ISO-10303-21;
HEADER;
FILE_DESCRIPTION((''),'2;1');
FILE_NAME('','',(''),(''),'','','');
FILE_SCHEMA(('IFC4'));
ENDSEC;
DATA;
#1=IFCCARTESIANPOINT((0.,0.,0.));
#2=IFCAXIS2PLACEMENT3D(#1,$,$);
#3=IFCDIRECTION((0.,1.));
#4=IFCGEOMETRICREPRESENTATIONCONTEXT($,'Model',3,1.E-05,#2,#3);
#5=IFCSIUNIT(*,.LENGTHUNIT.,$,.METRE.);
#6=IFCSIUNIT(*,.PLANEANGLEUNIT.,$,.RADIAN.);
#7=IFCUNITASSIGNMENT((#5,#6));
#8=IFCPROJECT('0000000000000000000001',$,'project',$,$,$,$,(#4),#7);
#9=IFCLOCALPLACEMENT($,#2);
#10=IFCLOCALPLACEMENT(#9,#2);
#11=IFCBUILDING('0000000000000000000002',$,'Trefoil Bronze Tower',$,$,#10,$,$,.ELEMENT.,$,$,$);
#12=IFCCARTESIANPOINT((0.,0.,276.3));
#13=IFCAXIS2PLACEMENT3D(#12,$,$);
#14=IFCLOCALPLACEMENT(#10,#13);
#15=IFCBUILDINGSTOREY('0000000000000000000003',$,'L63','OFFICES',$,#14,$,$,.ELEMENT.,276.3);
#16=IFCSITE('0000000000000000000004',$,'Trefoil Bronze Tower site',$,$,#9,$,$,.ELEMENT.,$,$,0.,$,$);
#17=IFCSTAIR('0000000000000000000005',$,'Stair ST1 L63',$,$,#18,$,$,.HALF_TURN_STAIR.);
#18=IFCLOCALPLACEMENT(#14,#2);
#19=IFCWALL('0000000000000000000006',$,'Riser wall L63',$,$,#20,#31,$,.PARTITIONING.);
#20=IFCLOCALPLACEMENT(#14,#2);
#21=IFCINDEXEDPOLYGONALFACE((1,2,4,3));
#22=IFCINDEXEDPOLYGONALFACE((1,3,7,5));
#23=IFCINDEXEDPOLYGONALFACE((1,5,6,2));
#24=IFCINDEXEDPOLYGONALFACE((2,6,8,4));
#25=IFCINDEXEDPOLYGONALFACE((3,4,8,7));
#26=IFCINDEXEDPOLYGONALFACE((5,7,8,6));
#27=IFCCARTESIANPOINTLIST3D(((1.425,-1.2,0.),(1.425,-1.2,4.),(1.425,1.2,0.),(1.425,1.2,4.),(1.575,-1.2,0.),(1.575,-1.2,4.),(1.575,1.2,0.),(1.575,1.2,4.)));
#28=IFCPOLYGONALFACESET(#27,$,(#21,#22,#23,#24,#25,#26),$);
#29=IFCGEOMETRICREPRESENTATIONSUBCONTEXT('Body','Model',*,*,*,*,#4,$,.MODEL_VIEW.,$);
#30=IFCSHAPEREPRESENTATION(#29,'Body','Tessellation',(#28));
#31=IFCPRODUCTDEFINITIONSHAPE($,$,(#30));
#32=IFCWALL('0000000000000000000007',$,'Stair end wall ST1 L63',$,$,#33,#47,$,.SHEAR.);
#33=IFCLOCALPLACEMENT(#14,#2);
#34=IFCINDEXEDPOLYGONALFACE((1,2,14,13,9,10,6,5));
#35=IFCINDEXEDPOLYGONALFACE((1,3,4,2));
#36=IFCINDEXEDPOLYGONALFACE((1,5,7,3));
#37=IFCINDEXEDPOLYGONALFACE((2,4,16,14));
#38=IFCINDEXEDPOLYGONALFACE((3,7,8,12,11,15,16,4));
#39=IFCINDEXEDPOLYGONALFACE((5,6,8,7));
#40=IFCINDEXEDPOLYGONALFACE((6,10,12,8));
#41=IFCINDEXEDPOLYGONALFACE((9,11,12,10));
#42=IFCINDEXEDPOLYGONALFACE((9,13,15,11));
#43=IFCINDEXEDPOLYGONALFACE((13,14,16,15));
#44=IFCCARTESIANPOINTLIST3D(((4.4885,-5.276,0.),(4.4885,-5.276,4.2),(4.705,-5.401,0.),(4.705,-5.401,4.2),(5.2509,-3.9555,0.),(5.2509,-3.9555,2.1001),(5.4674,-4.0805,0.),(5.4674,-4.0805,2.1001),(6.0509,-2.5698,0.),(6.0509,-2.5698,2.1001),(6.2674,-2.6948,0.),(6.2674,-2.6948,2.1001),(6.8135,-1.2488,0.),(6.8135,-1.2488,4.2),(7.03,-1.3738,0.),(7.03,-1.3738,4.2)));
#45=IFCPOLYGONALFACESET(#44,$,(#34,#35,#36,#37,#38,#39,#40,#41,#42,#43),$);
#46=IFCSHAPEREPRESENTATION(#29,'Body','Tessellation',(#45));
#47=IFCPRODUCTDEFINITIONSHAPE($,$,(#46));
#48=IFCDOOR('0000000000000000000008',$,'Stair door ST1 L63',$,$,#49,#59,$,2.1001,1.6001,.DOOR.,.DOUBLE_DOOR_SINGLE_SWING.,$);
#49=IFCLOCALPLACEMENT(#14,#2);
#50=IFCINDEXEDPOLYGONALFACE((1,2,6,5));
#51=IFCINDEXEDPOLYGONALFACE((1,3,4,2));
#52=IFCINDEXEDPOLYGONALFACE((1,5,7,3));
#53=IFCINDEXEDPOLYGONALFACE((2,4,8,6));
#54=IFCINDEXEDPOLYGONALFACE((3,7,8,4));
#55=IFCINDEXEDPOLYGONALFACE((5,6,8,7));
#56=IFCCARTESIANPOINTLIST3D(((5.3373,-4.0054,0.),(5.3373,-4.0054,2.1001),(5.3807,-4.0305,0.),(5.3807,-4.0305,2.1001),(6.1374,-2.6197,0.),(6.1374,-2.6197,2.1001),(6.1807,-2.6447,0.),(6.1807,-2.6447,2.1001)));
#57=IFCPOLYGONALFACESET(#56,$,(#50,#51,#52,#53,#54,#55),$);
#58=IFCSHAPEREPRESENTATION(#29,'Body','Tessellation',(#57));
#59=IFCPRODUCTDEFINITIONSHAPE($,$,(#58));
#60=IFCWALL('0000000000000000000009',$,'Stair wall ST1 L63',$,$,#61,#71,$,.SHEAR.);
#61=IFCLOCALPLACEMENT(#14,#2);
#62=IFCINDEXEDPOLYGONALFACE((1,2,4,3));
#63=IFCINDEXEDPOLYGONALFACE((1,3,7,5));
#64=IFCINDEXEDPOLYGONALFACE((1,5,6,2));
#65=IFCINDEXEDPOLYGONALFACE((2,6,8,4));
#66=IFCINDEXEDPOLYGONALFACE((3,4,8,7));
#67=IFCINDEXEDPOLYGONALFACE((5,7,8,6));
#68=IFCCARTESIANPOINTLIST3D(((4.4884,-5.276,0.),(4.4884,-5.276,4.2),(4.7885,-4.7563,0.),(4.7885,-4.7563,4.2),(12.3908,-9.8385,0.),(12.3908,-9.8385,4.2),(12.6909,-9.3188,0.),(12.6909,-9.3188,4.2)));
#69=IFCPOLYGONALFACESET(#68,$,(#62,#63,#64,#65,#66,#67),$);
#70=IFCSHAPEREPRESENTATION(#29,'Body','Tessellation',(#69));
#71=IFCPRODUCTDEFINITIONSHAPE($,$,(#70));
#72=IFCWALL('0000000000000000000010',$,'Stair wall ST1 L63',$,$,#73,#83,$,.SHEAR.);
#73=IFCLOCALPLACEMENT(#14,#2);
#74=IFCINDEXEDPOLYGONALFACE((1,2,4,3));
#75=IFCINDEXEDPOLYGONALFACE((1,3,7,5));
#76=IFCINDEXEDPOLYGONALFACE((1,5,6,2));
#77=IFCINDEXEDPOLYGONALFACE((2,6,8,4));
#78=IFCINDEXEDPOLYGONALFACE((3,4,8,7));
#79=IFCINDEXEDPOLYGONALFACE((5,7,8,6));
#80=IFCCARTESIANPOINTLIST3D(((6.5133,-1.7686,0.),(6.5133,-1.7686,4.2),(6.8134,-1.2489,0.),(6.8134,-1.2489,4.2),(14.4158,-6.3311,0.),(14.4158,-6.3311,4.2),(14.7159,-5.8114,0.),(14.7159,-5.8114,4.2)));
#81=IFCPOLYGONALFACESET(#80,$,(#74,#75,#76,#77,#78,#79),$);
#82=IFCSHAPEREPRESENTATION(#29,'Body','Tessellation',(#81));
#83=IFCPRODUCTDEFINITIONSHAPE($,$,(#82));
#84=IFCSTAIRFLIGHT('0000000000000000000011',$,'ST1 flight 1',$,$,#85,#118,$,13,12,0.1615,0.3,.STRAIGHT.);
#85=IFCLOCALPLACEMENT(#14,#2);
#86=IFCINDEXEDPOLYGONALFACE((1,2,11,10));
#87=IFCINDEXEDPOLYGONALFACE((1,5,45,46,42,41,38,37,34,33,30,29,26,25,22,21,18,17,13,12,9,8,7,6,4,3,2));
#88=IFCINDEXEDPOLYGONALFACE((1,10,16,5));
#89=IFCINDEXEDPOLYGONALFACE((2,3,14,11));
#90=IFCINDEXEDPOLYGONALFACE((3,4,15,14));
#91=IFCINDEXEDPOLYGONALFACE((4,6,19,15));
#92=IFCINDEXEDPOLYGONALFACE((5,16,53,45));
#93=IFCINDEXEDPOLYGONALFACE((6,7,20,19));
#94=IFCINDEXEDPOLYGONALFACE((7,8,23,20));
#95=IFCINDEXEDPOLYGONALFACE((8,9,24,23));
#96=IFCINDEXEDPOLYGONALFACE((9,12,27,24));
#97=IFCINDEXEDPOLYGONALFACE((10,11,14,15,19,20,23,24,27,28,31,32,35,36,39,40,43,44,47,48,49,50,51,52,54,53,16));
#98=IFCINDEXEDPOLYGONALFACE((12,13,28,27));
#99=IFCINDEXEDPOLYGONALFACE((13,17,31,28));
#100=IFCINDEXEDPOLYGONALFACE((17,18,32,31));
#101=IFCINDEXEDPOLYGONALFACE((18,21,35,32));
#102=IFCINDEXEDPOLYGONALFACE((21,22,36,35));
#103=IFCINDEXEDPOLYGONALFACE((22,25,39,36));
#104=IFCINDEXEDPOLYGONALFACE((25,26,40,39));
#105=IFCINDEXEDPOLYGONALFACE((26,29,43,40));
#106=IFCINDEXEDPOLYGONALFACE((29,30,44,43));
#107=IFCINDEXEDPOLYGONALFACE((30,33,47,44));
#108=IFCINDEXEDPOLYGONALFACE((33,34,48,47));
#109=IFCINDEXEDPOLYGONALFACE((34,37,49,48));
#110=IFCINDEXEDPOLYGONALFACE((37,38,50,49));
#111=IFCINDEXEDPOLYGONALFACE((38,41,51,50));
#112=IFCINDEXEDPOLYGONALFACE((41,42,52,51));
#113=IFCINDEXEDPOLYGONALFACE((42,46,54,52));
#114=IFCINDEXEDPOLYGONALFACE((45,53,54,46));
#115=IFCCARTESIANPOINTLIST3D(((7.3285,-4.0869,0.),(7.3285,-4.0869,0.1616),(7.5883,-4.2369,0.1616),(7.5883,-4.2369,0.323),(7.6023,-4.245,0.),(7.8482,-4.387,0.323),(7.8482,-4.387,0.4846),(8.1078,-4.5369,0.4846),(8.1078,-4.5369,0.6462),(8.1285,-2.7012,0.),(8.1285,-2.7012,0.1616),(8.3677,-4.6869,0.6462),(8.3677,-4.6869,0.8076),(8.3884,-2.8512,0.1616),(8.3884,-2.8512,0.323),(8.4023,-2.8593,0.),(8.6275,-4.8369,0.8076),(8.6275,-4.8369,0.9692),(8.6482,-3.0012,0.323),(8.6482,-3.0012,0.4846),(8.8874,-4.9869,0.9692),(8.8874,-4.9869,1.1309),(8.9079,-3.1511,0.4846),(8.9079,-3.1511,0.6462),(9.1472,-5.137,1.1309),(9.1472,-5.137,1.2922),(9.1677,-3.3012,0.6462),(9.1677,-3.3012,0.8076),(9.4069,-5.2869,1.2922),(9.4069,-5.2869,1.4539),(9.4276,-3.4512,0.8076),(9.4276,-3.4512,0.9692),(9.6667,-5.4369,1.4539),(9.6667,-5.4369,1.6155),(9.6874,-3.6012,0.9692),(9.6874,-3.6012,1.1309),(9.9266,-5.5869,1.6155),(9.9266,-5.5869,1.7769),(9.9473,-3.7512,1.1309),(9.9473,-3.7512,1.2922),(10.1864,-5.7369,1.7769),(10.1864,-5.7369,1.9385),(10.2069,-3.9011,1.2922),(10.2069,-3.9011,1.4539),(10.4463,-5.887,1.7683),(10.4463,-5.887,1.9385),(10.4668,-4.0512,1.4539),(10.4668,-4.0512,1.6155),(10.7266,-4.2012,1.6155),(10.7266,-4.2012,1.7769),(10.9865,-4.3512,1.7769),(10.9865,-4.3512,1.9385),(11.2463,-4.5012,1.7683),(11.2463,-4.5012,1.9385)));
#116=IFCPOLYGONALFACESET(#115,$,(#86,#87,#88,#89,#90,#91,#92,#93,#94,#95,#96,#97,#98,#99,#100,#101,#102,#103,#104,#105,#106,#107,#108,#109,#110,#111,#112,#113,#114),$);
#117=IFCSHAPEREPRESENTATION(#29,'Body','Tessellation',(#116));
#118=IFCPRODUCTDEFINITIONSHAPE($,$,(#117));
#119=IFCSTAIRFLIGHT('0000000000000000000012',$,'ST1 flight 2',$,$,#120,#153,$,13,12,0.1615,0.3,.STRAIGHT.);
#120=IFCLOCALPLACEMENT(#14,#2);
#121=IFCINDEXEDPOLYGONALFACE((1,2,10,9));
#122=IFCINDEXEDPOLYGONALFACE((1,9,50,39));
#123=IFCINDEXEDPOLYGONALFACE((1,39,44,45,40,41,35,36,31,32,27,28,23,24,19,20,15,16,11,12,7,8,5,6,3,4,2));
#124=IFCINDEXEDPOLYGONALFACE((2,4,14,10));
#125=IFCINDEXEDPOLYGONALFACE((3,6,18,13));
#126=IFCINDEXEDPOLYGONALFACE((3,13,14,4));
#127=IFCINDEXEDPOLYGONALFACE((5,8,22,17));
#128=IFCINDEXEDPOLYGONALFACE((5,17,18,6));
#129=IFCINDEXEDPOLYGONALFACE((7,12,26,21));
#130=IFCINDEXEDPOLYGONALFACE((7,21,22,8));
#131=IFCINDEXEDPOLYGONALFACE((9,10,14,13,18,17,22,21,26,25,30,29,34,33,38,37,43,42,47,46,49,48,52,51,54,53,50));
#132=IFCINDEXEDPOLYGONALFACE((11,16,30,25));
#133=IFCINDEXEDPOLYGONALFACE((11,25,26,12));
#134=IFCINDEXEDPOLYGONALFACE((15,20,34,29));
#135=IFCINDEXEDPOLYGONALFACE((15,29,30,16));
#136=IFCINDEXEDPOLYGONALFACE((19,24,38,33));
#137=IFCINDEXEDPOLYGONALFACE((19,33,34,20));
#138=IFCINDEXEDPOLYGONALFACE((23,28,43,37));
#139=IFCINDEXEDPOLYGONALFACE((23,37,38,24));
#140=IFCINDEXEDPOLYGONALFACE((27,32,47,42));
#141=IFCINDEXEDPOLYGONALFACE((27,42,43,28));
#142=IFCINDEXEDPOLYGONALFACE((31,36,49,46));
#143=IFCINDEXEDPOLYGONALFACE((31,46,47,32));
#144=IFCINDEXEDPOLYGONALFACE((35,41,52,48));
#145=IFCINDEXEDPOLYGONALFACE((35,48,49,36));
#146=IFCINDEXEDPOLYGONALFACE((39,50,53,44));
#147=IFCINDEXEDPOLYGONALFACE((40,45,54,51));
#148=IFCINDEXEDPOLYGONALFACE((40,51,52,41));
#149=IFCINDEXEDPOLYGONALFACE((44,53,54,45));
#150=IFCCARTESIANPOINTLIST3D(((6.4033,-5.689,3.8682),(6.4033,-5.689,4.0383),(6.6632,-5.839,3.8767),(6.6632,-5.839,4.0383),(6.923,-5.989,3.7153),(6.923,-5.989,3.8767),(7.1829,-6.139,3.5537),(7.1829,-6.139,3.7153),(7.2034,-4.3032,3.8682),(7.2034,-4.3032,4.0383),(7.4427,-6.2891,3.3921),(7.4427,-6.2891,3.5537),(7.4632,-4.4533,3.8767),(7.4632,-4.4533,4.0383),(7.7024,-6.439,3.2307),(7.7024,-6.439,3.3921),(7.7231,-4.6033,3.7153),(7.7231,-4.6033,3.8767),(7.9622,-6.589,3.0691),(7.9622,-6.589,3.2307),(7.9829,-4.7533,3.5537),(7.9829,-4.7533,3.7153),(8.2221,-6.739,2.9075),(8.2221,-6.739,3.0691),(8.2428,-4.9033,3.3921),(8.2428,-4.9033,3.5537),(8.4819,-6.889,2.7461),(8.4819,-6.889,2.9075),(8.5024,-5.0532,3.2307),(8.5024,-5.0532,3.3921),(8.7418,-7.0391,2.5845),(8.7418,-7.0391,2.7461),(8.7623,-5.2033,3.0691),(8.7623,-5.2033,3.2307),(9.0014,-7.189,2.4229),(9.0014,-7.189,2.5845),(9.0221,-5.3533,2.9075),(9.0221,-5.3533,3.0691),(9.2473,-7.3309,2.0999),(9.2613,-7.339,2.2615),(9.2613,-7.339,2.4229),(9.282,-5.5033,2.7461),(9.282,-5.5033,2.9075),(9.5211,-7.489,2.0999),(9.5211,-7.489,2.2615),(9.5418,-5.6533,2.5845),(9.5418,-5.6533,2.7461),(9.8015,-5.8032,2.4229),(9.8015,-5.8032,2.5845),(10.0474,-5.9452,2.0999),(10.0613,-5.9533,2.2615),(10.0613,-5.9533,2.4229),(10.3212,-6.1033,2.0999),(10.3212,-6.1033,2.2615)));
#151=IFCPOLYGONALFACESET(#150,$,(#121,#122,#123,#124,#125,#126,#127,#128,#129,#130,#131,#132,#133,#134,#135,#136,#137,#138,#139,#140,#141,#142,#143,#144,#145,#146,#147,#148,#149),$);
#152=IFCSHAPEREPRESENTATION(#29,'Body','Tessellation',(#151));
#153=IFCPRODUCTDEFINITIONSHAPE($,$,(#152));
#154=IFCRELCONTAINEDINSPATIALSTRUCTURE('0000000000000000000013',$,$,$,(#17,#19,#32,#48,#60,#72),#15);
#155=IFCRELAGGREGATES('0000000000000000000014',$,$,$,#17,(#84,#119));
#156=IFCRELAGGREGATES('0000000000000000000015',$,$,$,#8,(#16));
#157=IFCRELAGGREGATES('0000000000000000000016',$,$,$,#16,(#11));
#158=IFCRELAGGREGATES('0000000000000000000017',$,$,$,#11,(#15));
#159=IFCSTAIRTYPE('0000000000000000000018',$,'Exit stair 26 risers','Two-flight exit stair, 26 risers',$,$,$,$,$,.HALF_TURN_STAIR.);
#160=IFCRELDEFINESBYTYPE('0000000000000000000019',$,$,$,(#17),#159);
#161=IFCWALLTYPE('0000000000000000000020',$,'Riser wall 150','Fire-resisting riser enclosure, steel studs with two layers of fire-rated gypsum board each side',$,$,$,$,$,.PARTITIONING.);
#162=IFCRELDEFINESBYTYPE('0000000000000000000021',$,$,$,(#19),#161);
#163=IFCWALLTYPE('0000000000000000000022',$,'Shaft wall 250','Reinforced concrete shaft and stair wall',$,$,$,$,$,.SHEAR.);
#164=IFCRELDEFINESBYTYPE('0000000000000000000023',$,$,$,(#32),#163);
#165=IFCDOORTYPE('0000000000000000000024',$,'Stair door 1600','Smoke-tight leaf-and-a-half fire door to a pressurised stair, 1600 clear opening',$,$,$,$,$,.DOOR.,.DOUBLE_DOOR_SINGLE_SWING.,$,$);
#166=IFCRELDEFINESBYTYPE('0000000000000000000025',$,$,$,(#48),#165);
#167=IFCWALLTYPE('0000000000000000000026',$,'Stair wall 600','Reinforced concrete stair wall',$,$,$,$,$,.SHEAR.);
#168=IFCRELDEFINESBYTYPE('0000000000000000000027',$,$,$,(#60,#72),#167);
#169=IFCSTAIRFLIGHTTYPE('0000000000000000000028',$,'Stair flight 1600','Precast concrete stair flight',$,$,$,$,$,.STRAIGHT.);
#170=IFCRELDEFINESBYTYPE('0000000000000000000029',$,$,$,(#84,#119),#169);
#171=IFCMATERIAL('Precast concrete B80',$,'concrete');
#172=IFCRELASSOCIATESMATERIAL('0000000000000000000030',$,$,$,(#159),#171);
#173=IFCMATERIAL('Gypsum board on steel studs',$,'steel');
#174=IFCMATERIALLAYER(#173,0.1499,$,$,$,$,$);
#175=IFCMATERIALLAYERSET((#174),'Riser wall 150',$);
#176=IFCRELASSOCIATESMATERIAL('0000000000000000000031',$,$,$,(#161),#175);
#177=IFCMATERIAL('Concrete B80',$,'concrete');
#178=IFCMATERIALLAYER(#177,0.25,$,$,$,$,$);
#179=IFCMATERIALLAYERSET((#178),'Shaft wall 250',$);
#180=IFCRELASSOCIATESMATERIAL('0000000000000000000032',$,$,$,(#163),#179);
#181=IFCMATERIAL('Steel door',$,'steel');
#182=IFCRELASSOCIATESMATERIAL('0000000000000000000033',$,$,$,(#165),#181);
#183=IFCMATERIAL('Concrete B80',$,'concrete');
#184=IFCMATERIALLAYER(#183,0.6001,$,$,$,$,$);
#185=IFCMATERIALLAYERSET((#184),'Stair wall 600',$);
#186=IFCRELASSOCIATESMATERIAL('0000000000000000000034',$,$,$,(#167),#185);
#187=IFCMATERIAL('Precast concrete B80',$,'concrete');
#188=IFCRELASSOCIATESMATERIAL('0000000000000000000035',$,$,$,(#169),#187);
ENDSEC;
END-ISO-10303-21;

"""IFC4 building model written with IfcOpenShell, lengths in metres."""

from ifc_helpers import new_model, si_unit, direction, frame, frame_2d, origin, place, context, subcontext, project, spatial, polyline, rectangle, outline, extrude, material, layer, layer_set, type_object, element, fill, aggregate, save


model = new_model("IFC4")

# Units and contexts
model_context = context("Model", 3, precision=1e-05, world=origin(), true_north=direction((0.0, 1.0)))
body_context = subcontext(model_context, "Body", "Model", "MODEL_VIEW")
ifc_project = project(units=[si_unit("LENGTHUNIT", "METRE"), si_unit("PLANEANGLEUNIT", "RADIAN")], contexts=[model_context])

# Site, building, storey
site_placement = place(None, origin())
site = spatial("IfcSite", under=ifc_project, at=site_placement, Name="Trefoil Bronze Tower site", CompositionType="ELEMENT", RefElevation=0.0)
building_placement = place(site_placement, origin())
building = spatial("IfcBuilding", under=site, at=building_placement, Name="Trefoil Bronze Tower", CompositionType="ELEMENT")
storey_placement = place(building_placement, frame((0.0, 0.0, 276.3)))
storey = spatial("IfcBuildingStorey", under=building, at=storey_placement, Name="L63", Description="OFFICES", CompositionType="ELEMENT", Elevation=276.3)

# Stair
ifc_material_1 = material(Name="Precast concrete B80", Category="concrete")
stair_type = type_object("IfcStairType", Name="Exit stair 26 risers", Description="Two-flight exit stair, 26 risers", PredefinedType="HALF_TURN_STAIR", material=ifc_material_1)
stair_1_placement = place(storey_placement, origin())
stair_1 = element("IfcStair", 1, at=stair_1_placement, inside=storey, type_object=stair_type, Name="Stair ST1 L63", PredefinedType="HALF_TURN_STAIR")

# Wall
ifc_material_2 = material(Name="Gypsum board on steel studs", Category="steel")
ifc_layer_1 = layer(ifc_material_2, 0.1499)
ifc_layer_set_1 = layer_set([ifc_layer_1], Name="Riser wall 150")
wall_type_1 = type_object("IfcWallType", Name="Riser wall 150", Description="Fire-resisting riser enclosure, steel studs with two layers of fire-rated gypsum board each side", PredefinedType="PARTITIONING", material=ifc_layer_set_1)
wall_1_placement = place(storey_placement, frame((1.5, -1.2, 0.0), z_axis=(0.0, 0.0, 1.0), x_axis=(0.0, 1.0, 0.0)))
element("IfcWall", 2, at=wall_1_placement, inside=storey, type_object=wall_type_1, Name="Riser wall L63", PredefinedType="PARTITIONING", context=body_context, shape_type="SweptSolid", body=[
    extrude(rectangle(XDim=2.3999, YDim=0.1499, at=frame_2d((1.2, 0.0))), origin(), (0.0, 0.0, 1.0), 4.0),
])

# Wall, opening, door
ifc_material_3 = material(Name="Concrete B80", Category="concrete")
ifc_layer_2 = layer(ifc_material_3, 0.25)
ifc_layer_set_2 = layer_set([ifc_layer_2], Name="Shaft wall 250")
wall_type_2 = type_object("IfcWallType", Name="Shaft wall 250", Description="Reinforced concrete shaft and stair wall", PredefinedType="SHEAR", material=ifc_layer_set_2)
wall_2_placement = place(storey_placement, frame((4.5967, -5.3386, 0.0), z_axis=(0.0, 0.0, 1.0), x_axis=(0.499985, 0.866034, 0.0)))
wall_2 = element("IfcWall", 3, at=wall_2_placement, inside=storey, type_object=wall_type_2, Name="Stair end wall ST1 L63", PredefinedType="SHEAR", context=body_context, shape_type="SweptSolid", body=[
    extrude(rectangle(XDim=4.6501, YDim=0.25, at=frame_2d((2.3252, 0.0))), origin(), (0.0, 0.0, 1.0), 4.2),
])
opening_1_placement = place(wall_2_placement, frame((1.5249, 0.0, 0.0)))
opening_1 = element("IfcOpeningElement", 4, at=opening_1_placement, cuts=wall_2, PredefinedType="OPENING", context=body_context, shape_type="SweptSolid", body=[
    extrude(rectangle(XDim=1.6001, YDim=2.1001, at=frame_2d((0.8, 1.05))), frame((0.0, 0.135, 0.0), z_axis=(0.0, -1.0, 0.0), x_axis=(1.0, 0.0, 0.0)), (0.0, 0.0, 1.0), 0.27),
])
ifc_material_4 = material(Name="Steel door", Category="steel")
door_type_1 = type_object("IfcDoorType", Name="Stair door 1600", Description="Smoke-tight leaf-and-a-half fire door to a pressurised stair, 1600 clear opening", OperationType="DOUBLE_DOOR_SINGLE_SWING", PredefinedType="DOOR", material=ifc_material_4)
door_1_placement = place(opening_1_placement, frame((1.6001, 0.0, 0.0), z_axis=(0.0, 0.0, 1.0), x_axis=(-1.0, 0.0, 0.0)))
door_1 = element("IfcDoor", 5, at=door_1_placement, inside=storey, type_object=door_type_1, Name="Stair door ST1 L63", OperationType="DOUBLE_DOOR_SINGLE_SWING", OverallHeight=2.1001, OverallWidth=1.6001, PredefinedType="DOOR", context=body_context, shape_type="SweptSolid", body=[
    extrude(rectangle(XDim=1.6001, YDim=2.1001, at=frame_2d((0.8, 1.05))), frame((0.0, 0.0249, 0.0), z_axis=(0.0, -1.0, 0.0), x_axis=(1.0, 0.0, 0.0)), (0.0, 0.0, 1.0), 0.05),
])
fill(opening_1, door_1)

# Walls
ifc_material_5 = material(Name="Concrete B80", Category="concrete")
ifc_layer_3 = layer(ifc_material_5, 0.6001)
ifc_layer_set_3 = layer_set([ifc_layer_3], Name="Stair wall 600")
wall_type_3 = type_object("IfcWallType", Name="Stair wall 600", Description="Reinforced concrete stair wall", PredefinedType="SHEAR", material=ifc_layer_set_3)
for number, where, z_axis, x_axis, name in (
    (6, (4.6384, -5.0161, 0.0), (0.0, 0.0, 1.0), (0.866022, -0.500007, 0.0), "Stair wall ST1 L63"),
    (7, (6.6633, -1.5088, 0.0), (0.0, 0.0, 1.0), (0.866028, -0.499995, 0.0), "Stair wall ST1 L63"),
):
    element("IfcWall", number, at=place(storey_placement, frame(where, z_axis=z_axis, x_axis=x_axis)), inside=storey, type_object=wall_type_3, Name=name, PredefinedType="SHEAR", context=body_context, shape_type="SweptSolid", body=[
        extrude(rectangle(XDim=9.125, YDim=0.6001, at=frame_2d((4.5625, 0.0))), origin(), (0.0, 0.0, 1.0), 4.2),
    ])

# Stair flights
ifc_material_6 = material(Name="Precast concrete B80", Category="concrete")
stair_flight_type = type_object("IfcStairFlightType", Name="Stair flight 1600", Description="Precast concrete stair flight", PredefinedType="STRAIGHT", material=ifc_material_6)
stair_flight_1_placement = place(storey_placement, frame((7.7285, -3.394, 0.0), z_axis=(0.0, 0.0, 1.0), x_axis=(0.866025, -0.5, 0.0)))
stair_flight_1 = element("IfcStairFlight", 8, at=stair_flight_1_placement, type_object=stair_flight_type, Name="ST1 flight 1", NumberOfRisers=13, NumberOfTreads=12, PredefinedType="STRAIGHT", RiserHeight=0.1615, TreadLength=0.3, context=body_context, shape_type="SweptSolid", body=[
    extrude(outline(polyline([(0.0, 0.0), (0.0, 0.1616), (0.3, 0.1616), (0.3, 0.323), (0.6001, 0.323), (0.6001, 0.4846), (0.8999, 0.4846), (0.8999, 0.6462), (1.2, 0.6462), (1.2, 0.8076), (1.5, 0.8076), (1.5, 0.9692), (1.8, 0.9692), (1.8, 1.1309), (2.1001, 1.1309), (2.1001, 1.2922), (2.3999, 1.2922), (2.3999, 1.4539), (2.7, 1.4539), (2.7, 1.6155), (3.0, 1.6155), (3.0, 1.7769), (3.3, 1.7769), (3.3, 1.9385), (3.6001, 1.9385), (3.6001, 2.1001), (3.6001, 1.7683), (0.3162, 0.0), (0.0, 0.0)])), frame((0.0, 0.8, 0.0), z_axis=(0.0, -1.0, 0.0), x_axis=(1.0, 0.0, 0.0)), (0.0, 0.0, 1.0), 1.6001),
])
stair_flight_2_placement = place(storey_placement, frame((9.9211, -6.7961, 2.0999), z_axis=(0.0, 0.0, 1.0), x_axis=(-0.866025, 0.5, 0.0)))
stair_flight_2 = element("IfcStairFlight", 9, at=stair_flight_2_placement, type_object=stair_flight_type, Name="ST1 flight 2", NumberOfRisers=13, NumberOfTreads=12, PredefinedType="STRAIGHT", RiserHeight=0.1615, TreadLength=0.3, context=body_context, shape_type="SweptSolid", body=[
    extrude(outline(polyline([(0.0, 0.0), (0.0, 0.1616), (0.3, 0.1616), (0.3, 0.323), (0.6001, 0.323), (0.6001, 0.4846), (0.8999, 0.4846), (0.8999, 0.6462), (1.2, 0.6462), (1.2, 0.8076), (1.5, 0.8076), (1.5, 0.9692), (1.8, 0.9692), (1.8, 1.1309), (2.1001, 1.1309), (2.1001, 1.2922), (2.3999, 1.2922), (2.3999, 1.4539), (2.7, 1.4539), (2.7, 1.6155), (3.0, 1.6155), (3.0, 1.7769), (3.3, 1.7769), (3.3, 1.9385), (3.6001, 1.9385), (3.6001, 2.1001), (3.6001, 1.7683), (0.3162, 0.0), (0.0, 0.0)])), frame((0.0, 0.8, 0.0), z_axis=(0.0, -1.0, 0.0), x_axis=(1.0, 0.0, 0.0)), (0.0, 0.0, 1.0), 1.6001),
])
aggregate(stair_1, [stair_flight_1, stair_flight_2])

save(model, "model.ifc")
